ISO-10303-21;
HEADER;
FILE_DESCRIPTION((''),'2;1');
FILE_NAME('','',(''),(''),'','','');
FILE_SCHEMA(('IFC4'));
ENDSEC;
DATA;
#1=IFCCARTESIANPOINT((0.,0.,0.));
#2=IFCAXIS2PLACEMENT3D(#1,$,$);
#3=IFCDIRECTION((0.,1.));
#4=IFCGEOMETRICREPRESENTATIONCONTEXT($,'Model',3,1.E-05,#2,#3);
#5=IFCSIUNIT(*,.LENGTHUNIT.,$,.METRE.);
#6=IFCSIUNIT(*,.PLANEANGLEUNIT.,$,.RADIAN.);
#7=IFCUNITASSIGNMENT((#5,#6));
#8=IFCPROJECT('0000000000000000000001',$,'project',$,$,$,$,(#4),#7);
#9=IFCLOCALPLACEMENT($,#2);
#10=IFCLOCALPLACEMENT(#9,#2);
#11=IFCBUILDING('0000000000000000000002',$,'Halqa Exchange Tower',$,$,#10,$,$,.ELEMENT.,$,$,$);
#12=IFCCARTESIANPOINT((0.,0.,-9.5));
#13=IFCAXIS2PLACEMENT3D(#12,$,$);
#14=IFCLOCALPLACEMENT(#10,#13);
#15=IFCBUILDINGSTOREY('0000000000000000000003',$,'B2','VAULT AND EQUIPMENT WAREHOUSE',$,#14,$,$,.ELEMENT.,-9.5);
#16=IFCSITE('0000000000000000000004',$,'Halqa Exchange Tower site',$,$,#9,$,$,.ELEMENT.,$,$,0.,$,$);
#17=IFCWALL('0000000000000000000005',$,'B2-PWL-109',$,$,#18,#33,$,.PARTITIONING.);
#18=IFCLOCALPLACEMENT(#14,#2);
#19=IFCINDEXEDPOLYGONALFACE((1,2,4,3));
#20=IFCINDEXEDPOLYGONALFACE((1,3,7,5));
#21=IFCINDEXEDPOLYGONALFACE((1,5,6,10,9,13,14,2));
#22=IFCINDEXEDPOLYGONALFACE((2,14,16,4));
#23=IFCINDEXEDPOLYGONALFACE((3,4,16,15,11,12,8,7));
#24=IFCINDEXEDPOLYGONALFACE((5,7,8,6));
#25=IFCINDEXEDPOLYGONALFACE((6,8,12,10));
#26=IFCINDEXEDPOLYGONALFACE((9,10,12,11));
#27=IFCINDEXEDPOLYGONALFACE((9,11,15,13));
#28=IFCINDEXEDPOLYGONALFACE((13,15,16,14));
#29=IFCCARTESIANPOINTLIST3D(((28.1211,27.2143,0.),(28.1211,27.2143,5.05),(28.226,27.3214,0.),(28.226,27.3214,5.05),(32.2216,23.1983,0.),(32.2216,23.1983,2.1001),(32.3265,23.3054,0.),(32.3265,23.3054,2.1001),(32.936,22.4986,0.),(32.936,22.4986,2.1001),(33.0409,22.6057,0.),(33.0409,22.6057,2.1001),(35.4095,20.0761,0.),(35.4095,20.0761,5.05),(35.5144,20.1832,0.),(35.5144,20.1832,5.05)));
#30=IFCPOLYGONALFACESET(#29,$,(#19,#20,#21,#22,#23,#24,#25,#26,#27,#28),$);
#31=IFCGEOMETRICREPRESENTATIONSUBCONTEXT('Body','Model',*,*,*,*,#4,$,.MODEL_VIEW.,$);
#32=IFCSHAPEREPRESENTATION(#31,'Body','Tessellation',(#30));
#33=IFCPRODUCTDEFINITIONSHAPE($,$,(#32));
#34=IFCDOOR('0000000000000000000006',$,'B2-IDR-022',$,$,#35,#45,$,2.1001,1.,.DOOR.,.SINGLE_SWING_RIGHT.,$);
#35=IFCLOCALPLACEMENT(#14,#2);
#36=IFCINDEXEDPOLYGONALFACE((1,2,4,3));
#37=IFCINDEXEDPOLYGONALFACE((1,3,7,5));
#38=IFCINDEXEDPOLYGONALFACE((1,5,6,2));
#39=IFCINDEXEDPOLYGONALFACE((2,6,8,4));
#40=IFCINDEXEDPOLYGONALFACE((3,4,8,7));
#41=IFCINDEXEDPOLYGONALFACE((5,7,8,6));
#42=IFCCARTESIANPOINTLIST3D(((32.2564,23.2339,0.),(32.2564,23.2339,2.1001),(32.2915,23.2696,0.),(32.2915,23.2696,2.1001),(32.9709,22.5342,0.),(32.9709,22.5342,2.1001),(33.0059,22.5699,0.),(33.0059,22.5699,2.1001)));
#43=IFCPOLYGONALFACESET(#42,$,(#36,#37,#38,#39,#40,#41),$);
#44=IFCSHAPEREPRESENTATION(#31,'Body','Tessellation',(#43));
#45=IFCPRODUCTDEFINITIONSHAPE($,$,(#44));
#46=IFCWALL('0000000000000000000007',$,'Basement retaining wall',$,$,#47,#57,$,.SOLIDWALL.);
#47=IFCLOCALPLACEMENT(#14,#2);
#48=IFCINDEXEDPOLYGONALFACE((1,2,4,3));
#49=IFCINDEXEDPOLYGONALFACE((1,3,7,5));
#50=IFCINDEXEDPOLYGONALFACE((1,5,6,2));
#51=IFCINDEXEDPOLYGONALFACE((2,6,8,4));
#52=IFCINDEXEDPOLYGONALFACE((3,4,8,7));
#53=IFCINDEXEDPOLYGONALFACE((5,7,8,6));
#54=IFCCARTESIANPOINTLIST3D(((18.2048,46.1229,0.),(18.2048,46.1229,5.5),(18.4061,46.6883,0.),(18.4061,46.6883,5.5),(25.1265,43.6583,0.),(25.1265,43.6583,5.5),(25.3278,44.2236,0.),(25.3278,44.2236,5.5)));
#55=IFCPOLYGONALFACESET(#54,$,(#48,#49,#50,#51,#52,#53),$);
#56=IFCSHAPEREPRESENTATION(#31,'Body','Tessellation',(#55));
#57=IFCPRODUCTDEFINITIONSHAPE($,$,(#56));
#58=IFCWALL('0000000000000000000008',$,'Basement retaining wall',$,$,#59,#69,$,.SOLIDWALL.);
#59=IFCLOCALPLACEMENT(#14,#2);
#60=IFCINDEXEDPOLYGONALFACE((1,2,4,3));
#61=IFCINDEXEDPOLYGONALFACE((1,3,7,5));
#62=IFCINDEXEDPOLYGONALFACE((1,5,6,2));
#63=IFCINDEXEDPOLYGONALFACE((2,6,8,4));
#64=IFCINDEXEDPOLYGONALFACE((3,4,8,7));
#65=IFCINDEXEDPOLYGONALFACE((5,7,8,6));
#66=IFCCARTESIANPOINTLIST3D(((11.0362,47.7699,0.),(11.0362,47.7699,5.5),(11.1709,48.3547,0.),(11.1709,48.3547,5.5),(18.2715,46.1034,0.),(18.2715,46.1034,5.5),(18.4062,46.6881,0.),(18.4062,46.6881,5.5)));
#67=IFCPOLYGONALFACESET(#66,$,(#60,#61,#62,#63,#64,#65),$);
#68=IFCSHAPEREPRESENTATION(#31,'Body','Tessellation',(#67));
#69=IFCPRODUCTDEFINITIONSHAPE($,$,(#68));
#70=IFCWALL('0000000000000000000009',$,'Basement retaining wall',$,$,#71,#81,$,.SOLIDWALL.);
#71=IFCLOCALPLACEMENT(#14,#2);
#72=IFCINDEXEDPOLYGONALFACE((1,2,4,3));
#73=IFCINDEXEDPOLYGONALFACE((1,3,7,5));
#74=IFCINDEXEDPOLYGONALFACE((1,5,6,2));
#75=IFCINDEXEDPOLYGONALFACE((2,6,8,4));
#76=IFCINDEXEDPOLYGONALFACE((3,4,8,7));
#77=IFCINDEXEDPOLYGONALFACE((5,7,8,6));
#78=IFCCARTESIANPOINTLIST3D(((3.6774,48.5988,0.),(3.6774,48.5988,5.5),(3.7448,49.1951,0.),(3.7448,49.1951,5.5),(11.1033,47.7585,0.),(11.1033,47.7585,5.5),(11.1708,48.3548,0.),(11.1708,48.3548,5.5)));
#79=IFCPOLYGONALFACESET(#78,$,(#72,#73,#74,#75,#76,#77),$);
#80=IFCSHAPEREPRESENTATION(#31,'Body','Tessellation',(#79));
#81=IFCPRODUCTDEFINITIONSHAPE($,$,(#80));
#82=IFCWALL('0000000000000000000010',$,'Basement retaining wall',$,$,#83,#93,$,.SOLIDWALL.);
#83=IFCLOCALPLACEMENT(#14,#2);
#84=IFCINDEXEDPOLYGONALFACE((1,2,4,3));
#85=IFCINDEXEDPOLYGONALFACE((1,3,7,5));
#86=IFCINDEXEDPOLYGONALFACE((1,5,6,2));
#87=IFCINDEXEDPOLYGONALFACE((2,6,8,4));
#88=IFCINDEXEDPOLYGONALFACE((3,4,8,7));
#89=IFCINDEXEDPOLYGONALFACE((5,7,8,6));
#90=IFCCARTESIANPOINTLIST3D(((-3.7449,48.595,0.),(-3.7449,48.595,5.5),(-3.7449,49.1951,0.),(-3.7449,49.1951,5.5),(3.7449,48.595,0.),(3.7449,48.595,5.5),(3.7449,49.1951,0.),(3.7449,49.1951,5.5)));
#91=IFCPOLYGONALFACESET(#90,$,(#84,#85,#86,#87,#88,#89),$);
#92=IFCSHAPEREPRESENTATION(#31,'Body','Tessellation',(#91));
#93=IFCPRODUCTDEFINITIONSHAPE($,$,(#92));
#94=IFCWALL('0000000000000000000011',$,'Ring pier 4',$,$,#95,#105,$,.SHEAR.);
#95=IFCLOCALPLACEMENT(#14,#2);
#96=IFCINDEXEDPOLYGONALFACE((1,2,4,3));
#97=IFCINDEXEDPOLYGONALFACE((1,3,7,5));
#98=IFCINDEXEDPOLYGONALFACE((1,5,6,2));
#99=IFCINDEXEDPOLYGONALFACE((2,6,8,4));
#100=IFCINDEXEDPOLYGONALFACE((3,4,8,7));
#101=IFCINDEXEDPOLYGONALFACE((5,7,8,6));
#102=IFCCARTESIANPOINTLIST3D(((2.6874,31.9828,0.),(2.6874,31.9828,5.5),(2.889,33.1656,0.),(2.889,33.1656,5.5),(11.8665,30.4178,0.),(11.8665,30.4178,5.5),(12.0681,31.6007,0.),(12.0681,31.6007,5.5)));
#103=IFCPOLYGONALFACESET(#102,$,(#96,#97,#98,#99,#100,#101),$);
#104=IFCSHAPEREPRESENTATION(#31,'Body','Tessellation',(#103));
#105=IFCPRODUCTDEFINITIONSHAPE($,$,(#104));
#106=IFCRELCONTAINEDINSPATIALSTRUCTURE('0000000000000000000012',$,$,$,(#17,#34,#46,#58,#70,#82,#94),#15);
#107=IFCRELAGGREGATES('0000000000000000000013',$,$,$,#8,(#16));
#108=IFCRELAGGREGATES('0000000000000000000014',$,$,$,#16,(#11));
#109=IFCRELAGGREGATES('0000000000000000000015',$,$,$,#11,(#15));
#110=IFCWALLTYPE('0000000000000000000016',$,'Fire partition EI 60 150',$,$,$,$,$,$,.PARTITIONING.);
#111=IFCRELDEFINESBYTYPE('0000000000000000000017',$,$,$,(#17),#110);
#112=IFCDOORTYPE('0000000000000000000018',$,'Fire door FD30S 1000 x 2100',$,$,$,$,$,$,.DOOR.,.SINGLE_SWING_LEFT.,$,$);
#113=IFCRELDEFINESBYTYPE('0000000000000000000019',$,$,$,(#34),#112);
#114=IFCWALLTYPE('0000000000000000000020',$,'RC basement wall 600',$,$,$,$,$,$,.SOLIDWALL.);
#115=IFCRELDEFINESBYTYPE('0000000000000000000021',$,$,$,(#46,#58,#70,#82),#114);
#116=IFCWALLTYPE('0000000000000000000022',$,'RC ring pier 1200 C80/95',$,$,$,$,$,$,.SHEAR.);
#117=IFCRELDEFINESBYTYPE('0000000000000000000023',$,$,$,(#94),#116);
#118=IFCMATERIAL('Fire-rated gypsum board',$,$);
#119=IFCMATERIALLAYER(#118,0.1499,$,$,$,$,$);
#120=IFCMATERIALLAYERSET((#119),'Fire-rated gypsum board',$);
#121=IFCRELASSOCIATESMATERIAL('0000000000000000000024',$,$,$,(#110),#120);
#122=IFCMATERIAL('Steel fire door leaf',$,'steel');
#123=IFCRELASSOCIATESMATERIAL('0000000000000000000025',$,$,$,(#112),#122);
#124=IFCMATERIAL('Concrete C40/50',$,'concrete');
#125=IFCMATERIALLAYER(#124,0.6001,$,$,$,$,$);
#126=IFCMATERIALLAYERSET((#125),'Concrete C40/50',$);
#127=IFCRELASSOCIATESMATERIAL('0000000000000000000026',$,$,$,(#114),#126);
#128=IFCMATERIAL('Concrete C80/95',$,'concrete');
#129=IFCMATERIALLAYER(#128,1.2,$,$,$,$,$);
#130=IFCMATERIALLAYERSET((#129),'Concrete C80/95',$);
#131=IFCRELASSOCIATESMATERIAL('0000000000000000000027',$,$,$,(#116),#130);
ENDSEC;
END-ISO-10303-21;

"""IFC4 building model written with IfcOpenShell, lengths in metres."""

from ifc_helpers import new_model, si_unit, direction, frame, frame_2d, origin, place, context, subcontext, project, spatial, rectangle, extrude, material, layer, layer_set, type_object, element, fill, save


model = new_model("IFC4")

# Units and contexts
model_context = context("Model", 3, precision=1e-05, world=origin(), true_north=direction((0.0, 1.0)))
body_context = subcontext(model_context, "Body", "Model", "MODEL_VIEW")
ifc_project = project(units=[si_unit("LENGTHUNIT", "METRE"), si_unit("PLANEANGLEUNIT", "RADIAN")], contexts=[model_context])

# Site, building, storey
site_placement = place(None, origin())
site = spatial("IfcSite", under=ifc_project, at=site_placement, Name="Halqa Exchange Tower site", CompositionType="ELEMENT", RefElevation=0.0)
building_placement = place(site_placement, origin())
building = spatial("IfcBuilding", under=site, at=building_placement, Name="Halqa Exchange Tower", CompositionType="ELEMENT")
storey_placement = place(building_placement, frame((0.0, 0.0, -9.5)))
storey = spatial("IfcBuildingStorey", under=building, at=storey_placement, Name="B2", Description="VAULT AND EQUIPMENT WAREHOUSE", CompositionType="ELEMENT", Elevation=-9.5)

# Shared definitions
ifc_material_1 = material(Name="Fire-rated gypsum board")
ifc_layer_1 = layer(ifc_material_1, 0.1499)
ifc_layer_set_1 = layer_set([ifc_layer_1], Name="Fire-rated gypsum board")
wall_type_1 = type_object("IfcWallType", Name="Fire partition EI 60 150", PredefinedType="PARTITIONING", material=ifc_layer_set_1)

# Shared definitions
ifc_material_2 = material(Name="Steel fire door leaf", Category="steel")

# Wall, opening, door
wall_1_placement = place(storey_placement, frame((28.1736, 27.2678, 0.0), z_axis=(0.0, 0.0, 1.0), x_axis=(0.714427, -0.69971, 0.0)))
wall_1 = element("IfcWall", 1, at=wall_1_placement, inside=storey, type_object=wall_type_1, Name="B2-PWL-109", PredefinedType="PARTITIONING", context=body_context, shape_type="SweptSolid", body=[
    extrude(rectangle(XDim=10.2017, YDim=0.1499, at=frame_2d((5.1008, 0.0))), origin(), (0.0, 0.0, 1.0), 5.05),
])
opening_1_placement = place(wall_1_placement, frame((5.7395, 0.0, 0.0)))
opening_1 = element("IfcOpeningElement", 2, at=opening_1_placement, cuts=wall_1, PredefinedType="OPENING", context=body_context, shape_type="SweptSolid", body=[
    extrude(rectangle(XDim=1.0, YDim=2.1001, at=frame_2d((0.5, 1.05))), frame((0.0, 0.0869, 0.0), z_axis=(0.0, -1.0, 0.0), x_axis=(1.0, 0.0, 0.0)), (0.0, 0.0, 1.0), 0.1738),
])
door_type_1 = type_object("IfcDoorType", Name="Fire door FD30S 1000 x 2100", OperationType="SINGLE_SWING_LEFT", PredefinedType="DOOR", material=ifc_material_2)
door_1_placement = place(opening_1_placement, origin())
door_1 = element("IfcDoor", 3, at=door_1_placement, inside=storey, type_object=door_type_1, Name="B2-IDR-022", OperationType="SINGLE_SWING_RIGHT", OverallHeight=2.1001, OverallWidth=1.0, PredefinedType="DOOR", context=body_context, shape_type="SweptSolid", body=[
    extrude(rectangle(XDim=1.0, YDim=2.1001, at=frame_2d((0.5, 1.05))), frame((0.0, 0.0249, 0.0), z_axis=(0.0, -1.0, 0.0), x_axis=(1.0, 0.0, 0.0)), (0.0, 0.0, 1.0), 0.05),
])
fill(opening_1, door_1)

# Walls
ifc_material_3 = material(Name="Concrete C40/50", Category="concrete")
ifc_layer_2 = layer(ifc_material_3, 0.6001)
ifc_layer_set_2 = layer_set([ifc_layer_2], Name="Concrete C40/50")
wall_type_2 = type_object("IfcWallType", Name="RC basement wall 600", PredefinedType="SOLIDWALL", material=ifc_layer_set_2)
wall_2_placement = place(storey_placement, frame((25.2273, 43.9409, 0.0), z_axis=(0.0, 0.0, 1.0), x_axis=(-0.942061, 0.335442, 0.0)))
element("IfcWall", 4, at=wall_2_placement, inside=storey, type_object=wall_type_2, Name="Basement retaining wall", PredefinedType="SOLIDWALL", context=body_context, shape_type="SweptSolid", body=[
    extrude(rectangle(XDim=7.3474, YDim=0.6001, at=frame_2d((3.6738, 0.0))), origin(), (0.0, 0.0, 1.0), 5.5),
])
wall_3_placement = place(storey_placement, frame((18.3389, 46.3958, 0.0), z_axis=(0.0, 0.0, 1.0), x_axis=(-0.974485, 0.224451, 0.0)))
element("IfcWall", 5, at=wall_3_placement, inside=storey, type_object=wall_type_2, Name="Basement retaining wall", PredefinedType="SOLIDWALL", context=body_context, shape_type="SweptSolid", body=[
    extrude(rectangle(XDim=7.4248, YDim=0.6001, at=frame_2d((3.7124, 0.0))), origin(), (0.0, 0.0, 1.0), 5.5),
])
wall_4_placement = place(storey_placement, frame((11.1372, 48.0566, 0.0), z_axis=(0.0, 0.0, 1.0), x_axis=(-0.993658, 0.112443, 0.0)))
element("IfcWall", 6, at=wall_4_placement, inside=storey, type_object=wall_type_2, Name="Basement retaining wall", PredefinedType="SOLIDWALL", context=body_context, shape_type="SweptSolid", body=[
    extrude(rectangle(XDim=7.4734, YDim=0.6001, at=frame_2d((3.7368, 0.0))), origin(), (0.0, 0.0, 1.0), 5.5),
])
wall_5_placement = place(storey_placement, frame((3.7449, 48.895, 0.0), z_axis=(0.0, 0.0, 1.0), x_axis=(-1.0, 0.0, 0.0)))
element("IfcWall", 7, at=wall_5_placement, inside=storey, type_object=wall_type_2, Name="Basement retaining wall", PredefinedType="SOLIDWALL", context=body_context, shape_type="SweptSolid", body=[
    extrude(rectangle(XDim=7.4897, YDim=0.6001, at=frame_2d((3.7449, 0.0))), origin(), (0.0, 0.0, 1.0), 5.5),
])
ifc_material_4 = material(Name="Concrete C80/95", Category="concrete")
ifc_layer_3 = layer(ifc_material_4, 1.2)
ifc_layer_set_3 = layer_set([ifc_layer_3], Name="Concrete C80/95")
wall_type_3 = type_object("IfcWallType", Name="RC ring pier 1200 C80/95", PredefinedType="SHEAR", material=ifc_layer_set_3)
wall_6_placement = place(storey_placement, frame((11.9673, 31.0093, 0.0), z_axis=(0.0, 0.0, 1.0), x_axis=(-0.985776, 0.168063, 0.0)))
element("IfcWall", 8, at=wall_6_placement, inside=storey, type_object=wall_type_3, Name="Ring pier 4", PredefinedType="SHEAR", context=body_context, shape_type="SweptSolid", body=[
    extrude(rectangle(XDim=9.3115, YDim=1.2, at=frame_2d((4.6558, 0.0))), origin(), (0.0, 0.0, 1.0), 5.5),
])

save(model, "model.ifc")
